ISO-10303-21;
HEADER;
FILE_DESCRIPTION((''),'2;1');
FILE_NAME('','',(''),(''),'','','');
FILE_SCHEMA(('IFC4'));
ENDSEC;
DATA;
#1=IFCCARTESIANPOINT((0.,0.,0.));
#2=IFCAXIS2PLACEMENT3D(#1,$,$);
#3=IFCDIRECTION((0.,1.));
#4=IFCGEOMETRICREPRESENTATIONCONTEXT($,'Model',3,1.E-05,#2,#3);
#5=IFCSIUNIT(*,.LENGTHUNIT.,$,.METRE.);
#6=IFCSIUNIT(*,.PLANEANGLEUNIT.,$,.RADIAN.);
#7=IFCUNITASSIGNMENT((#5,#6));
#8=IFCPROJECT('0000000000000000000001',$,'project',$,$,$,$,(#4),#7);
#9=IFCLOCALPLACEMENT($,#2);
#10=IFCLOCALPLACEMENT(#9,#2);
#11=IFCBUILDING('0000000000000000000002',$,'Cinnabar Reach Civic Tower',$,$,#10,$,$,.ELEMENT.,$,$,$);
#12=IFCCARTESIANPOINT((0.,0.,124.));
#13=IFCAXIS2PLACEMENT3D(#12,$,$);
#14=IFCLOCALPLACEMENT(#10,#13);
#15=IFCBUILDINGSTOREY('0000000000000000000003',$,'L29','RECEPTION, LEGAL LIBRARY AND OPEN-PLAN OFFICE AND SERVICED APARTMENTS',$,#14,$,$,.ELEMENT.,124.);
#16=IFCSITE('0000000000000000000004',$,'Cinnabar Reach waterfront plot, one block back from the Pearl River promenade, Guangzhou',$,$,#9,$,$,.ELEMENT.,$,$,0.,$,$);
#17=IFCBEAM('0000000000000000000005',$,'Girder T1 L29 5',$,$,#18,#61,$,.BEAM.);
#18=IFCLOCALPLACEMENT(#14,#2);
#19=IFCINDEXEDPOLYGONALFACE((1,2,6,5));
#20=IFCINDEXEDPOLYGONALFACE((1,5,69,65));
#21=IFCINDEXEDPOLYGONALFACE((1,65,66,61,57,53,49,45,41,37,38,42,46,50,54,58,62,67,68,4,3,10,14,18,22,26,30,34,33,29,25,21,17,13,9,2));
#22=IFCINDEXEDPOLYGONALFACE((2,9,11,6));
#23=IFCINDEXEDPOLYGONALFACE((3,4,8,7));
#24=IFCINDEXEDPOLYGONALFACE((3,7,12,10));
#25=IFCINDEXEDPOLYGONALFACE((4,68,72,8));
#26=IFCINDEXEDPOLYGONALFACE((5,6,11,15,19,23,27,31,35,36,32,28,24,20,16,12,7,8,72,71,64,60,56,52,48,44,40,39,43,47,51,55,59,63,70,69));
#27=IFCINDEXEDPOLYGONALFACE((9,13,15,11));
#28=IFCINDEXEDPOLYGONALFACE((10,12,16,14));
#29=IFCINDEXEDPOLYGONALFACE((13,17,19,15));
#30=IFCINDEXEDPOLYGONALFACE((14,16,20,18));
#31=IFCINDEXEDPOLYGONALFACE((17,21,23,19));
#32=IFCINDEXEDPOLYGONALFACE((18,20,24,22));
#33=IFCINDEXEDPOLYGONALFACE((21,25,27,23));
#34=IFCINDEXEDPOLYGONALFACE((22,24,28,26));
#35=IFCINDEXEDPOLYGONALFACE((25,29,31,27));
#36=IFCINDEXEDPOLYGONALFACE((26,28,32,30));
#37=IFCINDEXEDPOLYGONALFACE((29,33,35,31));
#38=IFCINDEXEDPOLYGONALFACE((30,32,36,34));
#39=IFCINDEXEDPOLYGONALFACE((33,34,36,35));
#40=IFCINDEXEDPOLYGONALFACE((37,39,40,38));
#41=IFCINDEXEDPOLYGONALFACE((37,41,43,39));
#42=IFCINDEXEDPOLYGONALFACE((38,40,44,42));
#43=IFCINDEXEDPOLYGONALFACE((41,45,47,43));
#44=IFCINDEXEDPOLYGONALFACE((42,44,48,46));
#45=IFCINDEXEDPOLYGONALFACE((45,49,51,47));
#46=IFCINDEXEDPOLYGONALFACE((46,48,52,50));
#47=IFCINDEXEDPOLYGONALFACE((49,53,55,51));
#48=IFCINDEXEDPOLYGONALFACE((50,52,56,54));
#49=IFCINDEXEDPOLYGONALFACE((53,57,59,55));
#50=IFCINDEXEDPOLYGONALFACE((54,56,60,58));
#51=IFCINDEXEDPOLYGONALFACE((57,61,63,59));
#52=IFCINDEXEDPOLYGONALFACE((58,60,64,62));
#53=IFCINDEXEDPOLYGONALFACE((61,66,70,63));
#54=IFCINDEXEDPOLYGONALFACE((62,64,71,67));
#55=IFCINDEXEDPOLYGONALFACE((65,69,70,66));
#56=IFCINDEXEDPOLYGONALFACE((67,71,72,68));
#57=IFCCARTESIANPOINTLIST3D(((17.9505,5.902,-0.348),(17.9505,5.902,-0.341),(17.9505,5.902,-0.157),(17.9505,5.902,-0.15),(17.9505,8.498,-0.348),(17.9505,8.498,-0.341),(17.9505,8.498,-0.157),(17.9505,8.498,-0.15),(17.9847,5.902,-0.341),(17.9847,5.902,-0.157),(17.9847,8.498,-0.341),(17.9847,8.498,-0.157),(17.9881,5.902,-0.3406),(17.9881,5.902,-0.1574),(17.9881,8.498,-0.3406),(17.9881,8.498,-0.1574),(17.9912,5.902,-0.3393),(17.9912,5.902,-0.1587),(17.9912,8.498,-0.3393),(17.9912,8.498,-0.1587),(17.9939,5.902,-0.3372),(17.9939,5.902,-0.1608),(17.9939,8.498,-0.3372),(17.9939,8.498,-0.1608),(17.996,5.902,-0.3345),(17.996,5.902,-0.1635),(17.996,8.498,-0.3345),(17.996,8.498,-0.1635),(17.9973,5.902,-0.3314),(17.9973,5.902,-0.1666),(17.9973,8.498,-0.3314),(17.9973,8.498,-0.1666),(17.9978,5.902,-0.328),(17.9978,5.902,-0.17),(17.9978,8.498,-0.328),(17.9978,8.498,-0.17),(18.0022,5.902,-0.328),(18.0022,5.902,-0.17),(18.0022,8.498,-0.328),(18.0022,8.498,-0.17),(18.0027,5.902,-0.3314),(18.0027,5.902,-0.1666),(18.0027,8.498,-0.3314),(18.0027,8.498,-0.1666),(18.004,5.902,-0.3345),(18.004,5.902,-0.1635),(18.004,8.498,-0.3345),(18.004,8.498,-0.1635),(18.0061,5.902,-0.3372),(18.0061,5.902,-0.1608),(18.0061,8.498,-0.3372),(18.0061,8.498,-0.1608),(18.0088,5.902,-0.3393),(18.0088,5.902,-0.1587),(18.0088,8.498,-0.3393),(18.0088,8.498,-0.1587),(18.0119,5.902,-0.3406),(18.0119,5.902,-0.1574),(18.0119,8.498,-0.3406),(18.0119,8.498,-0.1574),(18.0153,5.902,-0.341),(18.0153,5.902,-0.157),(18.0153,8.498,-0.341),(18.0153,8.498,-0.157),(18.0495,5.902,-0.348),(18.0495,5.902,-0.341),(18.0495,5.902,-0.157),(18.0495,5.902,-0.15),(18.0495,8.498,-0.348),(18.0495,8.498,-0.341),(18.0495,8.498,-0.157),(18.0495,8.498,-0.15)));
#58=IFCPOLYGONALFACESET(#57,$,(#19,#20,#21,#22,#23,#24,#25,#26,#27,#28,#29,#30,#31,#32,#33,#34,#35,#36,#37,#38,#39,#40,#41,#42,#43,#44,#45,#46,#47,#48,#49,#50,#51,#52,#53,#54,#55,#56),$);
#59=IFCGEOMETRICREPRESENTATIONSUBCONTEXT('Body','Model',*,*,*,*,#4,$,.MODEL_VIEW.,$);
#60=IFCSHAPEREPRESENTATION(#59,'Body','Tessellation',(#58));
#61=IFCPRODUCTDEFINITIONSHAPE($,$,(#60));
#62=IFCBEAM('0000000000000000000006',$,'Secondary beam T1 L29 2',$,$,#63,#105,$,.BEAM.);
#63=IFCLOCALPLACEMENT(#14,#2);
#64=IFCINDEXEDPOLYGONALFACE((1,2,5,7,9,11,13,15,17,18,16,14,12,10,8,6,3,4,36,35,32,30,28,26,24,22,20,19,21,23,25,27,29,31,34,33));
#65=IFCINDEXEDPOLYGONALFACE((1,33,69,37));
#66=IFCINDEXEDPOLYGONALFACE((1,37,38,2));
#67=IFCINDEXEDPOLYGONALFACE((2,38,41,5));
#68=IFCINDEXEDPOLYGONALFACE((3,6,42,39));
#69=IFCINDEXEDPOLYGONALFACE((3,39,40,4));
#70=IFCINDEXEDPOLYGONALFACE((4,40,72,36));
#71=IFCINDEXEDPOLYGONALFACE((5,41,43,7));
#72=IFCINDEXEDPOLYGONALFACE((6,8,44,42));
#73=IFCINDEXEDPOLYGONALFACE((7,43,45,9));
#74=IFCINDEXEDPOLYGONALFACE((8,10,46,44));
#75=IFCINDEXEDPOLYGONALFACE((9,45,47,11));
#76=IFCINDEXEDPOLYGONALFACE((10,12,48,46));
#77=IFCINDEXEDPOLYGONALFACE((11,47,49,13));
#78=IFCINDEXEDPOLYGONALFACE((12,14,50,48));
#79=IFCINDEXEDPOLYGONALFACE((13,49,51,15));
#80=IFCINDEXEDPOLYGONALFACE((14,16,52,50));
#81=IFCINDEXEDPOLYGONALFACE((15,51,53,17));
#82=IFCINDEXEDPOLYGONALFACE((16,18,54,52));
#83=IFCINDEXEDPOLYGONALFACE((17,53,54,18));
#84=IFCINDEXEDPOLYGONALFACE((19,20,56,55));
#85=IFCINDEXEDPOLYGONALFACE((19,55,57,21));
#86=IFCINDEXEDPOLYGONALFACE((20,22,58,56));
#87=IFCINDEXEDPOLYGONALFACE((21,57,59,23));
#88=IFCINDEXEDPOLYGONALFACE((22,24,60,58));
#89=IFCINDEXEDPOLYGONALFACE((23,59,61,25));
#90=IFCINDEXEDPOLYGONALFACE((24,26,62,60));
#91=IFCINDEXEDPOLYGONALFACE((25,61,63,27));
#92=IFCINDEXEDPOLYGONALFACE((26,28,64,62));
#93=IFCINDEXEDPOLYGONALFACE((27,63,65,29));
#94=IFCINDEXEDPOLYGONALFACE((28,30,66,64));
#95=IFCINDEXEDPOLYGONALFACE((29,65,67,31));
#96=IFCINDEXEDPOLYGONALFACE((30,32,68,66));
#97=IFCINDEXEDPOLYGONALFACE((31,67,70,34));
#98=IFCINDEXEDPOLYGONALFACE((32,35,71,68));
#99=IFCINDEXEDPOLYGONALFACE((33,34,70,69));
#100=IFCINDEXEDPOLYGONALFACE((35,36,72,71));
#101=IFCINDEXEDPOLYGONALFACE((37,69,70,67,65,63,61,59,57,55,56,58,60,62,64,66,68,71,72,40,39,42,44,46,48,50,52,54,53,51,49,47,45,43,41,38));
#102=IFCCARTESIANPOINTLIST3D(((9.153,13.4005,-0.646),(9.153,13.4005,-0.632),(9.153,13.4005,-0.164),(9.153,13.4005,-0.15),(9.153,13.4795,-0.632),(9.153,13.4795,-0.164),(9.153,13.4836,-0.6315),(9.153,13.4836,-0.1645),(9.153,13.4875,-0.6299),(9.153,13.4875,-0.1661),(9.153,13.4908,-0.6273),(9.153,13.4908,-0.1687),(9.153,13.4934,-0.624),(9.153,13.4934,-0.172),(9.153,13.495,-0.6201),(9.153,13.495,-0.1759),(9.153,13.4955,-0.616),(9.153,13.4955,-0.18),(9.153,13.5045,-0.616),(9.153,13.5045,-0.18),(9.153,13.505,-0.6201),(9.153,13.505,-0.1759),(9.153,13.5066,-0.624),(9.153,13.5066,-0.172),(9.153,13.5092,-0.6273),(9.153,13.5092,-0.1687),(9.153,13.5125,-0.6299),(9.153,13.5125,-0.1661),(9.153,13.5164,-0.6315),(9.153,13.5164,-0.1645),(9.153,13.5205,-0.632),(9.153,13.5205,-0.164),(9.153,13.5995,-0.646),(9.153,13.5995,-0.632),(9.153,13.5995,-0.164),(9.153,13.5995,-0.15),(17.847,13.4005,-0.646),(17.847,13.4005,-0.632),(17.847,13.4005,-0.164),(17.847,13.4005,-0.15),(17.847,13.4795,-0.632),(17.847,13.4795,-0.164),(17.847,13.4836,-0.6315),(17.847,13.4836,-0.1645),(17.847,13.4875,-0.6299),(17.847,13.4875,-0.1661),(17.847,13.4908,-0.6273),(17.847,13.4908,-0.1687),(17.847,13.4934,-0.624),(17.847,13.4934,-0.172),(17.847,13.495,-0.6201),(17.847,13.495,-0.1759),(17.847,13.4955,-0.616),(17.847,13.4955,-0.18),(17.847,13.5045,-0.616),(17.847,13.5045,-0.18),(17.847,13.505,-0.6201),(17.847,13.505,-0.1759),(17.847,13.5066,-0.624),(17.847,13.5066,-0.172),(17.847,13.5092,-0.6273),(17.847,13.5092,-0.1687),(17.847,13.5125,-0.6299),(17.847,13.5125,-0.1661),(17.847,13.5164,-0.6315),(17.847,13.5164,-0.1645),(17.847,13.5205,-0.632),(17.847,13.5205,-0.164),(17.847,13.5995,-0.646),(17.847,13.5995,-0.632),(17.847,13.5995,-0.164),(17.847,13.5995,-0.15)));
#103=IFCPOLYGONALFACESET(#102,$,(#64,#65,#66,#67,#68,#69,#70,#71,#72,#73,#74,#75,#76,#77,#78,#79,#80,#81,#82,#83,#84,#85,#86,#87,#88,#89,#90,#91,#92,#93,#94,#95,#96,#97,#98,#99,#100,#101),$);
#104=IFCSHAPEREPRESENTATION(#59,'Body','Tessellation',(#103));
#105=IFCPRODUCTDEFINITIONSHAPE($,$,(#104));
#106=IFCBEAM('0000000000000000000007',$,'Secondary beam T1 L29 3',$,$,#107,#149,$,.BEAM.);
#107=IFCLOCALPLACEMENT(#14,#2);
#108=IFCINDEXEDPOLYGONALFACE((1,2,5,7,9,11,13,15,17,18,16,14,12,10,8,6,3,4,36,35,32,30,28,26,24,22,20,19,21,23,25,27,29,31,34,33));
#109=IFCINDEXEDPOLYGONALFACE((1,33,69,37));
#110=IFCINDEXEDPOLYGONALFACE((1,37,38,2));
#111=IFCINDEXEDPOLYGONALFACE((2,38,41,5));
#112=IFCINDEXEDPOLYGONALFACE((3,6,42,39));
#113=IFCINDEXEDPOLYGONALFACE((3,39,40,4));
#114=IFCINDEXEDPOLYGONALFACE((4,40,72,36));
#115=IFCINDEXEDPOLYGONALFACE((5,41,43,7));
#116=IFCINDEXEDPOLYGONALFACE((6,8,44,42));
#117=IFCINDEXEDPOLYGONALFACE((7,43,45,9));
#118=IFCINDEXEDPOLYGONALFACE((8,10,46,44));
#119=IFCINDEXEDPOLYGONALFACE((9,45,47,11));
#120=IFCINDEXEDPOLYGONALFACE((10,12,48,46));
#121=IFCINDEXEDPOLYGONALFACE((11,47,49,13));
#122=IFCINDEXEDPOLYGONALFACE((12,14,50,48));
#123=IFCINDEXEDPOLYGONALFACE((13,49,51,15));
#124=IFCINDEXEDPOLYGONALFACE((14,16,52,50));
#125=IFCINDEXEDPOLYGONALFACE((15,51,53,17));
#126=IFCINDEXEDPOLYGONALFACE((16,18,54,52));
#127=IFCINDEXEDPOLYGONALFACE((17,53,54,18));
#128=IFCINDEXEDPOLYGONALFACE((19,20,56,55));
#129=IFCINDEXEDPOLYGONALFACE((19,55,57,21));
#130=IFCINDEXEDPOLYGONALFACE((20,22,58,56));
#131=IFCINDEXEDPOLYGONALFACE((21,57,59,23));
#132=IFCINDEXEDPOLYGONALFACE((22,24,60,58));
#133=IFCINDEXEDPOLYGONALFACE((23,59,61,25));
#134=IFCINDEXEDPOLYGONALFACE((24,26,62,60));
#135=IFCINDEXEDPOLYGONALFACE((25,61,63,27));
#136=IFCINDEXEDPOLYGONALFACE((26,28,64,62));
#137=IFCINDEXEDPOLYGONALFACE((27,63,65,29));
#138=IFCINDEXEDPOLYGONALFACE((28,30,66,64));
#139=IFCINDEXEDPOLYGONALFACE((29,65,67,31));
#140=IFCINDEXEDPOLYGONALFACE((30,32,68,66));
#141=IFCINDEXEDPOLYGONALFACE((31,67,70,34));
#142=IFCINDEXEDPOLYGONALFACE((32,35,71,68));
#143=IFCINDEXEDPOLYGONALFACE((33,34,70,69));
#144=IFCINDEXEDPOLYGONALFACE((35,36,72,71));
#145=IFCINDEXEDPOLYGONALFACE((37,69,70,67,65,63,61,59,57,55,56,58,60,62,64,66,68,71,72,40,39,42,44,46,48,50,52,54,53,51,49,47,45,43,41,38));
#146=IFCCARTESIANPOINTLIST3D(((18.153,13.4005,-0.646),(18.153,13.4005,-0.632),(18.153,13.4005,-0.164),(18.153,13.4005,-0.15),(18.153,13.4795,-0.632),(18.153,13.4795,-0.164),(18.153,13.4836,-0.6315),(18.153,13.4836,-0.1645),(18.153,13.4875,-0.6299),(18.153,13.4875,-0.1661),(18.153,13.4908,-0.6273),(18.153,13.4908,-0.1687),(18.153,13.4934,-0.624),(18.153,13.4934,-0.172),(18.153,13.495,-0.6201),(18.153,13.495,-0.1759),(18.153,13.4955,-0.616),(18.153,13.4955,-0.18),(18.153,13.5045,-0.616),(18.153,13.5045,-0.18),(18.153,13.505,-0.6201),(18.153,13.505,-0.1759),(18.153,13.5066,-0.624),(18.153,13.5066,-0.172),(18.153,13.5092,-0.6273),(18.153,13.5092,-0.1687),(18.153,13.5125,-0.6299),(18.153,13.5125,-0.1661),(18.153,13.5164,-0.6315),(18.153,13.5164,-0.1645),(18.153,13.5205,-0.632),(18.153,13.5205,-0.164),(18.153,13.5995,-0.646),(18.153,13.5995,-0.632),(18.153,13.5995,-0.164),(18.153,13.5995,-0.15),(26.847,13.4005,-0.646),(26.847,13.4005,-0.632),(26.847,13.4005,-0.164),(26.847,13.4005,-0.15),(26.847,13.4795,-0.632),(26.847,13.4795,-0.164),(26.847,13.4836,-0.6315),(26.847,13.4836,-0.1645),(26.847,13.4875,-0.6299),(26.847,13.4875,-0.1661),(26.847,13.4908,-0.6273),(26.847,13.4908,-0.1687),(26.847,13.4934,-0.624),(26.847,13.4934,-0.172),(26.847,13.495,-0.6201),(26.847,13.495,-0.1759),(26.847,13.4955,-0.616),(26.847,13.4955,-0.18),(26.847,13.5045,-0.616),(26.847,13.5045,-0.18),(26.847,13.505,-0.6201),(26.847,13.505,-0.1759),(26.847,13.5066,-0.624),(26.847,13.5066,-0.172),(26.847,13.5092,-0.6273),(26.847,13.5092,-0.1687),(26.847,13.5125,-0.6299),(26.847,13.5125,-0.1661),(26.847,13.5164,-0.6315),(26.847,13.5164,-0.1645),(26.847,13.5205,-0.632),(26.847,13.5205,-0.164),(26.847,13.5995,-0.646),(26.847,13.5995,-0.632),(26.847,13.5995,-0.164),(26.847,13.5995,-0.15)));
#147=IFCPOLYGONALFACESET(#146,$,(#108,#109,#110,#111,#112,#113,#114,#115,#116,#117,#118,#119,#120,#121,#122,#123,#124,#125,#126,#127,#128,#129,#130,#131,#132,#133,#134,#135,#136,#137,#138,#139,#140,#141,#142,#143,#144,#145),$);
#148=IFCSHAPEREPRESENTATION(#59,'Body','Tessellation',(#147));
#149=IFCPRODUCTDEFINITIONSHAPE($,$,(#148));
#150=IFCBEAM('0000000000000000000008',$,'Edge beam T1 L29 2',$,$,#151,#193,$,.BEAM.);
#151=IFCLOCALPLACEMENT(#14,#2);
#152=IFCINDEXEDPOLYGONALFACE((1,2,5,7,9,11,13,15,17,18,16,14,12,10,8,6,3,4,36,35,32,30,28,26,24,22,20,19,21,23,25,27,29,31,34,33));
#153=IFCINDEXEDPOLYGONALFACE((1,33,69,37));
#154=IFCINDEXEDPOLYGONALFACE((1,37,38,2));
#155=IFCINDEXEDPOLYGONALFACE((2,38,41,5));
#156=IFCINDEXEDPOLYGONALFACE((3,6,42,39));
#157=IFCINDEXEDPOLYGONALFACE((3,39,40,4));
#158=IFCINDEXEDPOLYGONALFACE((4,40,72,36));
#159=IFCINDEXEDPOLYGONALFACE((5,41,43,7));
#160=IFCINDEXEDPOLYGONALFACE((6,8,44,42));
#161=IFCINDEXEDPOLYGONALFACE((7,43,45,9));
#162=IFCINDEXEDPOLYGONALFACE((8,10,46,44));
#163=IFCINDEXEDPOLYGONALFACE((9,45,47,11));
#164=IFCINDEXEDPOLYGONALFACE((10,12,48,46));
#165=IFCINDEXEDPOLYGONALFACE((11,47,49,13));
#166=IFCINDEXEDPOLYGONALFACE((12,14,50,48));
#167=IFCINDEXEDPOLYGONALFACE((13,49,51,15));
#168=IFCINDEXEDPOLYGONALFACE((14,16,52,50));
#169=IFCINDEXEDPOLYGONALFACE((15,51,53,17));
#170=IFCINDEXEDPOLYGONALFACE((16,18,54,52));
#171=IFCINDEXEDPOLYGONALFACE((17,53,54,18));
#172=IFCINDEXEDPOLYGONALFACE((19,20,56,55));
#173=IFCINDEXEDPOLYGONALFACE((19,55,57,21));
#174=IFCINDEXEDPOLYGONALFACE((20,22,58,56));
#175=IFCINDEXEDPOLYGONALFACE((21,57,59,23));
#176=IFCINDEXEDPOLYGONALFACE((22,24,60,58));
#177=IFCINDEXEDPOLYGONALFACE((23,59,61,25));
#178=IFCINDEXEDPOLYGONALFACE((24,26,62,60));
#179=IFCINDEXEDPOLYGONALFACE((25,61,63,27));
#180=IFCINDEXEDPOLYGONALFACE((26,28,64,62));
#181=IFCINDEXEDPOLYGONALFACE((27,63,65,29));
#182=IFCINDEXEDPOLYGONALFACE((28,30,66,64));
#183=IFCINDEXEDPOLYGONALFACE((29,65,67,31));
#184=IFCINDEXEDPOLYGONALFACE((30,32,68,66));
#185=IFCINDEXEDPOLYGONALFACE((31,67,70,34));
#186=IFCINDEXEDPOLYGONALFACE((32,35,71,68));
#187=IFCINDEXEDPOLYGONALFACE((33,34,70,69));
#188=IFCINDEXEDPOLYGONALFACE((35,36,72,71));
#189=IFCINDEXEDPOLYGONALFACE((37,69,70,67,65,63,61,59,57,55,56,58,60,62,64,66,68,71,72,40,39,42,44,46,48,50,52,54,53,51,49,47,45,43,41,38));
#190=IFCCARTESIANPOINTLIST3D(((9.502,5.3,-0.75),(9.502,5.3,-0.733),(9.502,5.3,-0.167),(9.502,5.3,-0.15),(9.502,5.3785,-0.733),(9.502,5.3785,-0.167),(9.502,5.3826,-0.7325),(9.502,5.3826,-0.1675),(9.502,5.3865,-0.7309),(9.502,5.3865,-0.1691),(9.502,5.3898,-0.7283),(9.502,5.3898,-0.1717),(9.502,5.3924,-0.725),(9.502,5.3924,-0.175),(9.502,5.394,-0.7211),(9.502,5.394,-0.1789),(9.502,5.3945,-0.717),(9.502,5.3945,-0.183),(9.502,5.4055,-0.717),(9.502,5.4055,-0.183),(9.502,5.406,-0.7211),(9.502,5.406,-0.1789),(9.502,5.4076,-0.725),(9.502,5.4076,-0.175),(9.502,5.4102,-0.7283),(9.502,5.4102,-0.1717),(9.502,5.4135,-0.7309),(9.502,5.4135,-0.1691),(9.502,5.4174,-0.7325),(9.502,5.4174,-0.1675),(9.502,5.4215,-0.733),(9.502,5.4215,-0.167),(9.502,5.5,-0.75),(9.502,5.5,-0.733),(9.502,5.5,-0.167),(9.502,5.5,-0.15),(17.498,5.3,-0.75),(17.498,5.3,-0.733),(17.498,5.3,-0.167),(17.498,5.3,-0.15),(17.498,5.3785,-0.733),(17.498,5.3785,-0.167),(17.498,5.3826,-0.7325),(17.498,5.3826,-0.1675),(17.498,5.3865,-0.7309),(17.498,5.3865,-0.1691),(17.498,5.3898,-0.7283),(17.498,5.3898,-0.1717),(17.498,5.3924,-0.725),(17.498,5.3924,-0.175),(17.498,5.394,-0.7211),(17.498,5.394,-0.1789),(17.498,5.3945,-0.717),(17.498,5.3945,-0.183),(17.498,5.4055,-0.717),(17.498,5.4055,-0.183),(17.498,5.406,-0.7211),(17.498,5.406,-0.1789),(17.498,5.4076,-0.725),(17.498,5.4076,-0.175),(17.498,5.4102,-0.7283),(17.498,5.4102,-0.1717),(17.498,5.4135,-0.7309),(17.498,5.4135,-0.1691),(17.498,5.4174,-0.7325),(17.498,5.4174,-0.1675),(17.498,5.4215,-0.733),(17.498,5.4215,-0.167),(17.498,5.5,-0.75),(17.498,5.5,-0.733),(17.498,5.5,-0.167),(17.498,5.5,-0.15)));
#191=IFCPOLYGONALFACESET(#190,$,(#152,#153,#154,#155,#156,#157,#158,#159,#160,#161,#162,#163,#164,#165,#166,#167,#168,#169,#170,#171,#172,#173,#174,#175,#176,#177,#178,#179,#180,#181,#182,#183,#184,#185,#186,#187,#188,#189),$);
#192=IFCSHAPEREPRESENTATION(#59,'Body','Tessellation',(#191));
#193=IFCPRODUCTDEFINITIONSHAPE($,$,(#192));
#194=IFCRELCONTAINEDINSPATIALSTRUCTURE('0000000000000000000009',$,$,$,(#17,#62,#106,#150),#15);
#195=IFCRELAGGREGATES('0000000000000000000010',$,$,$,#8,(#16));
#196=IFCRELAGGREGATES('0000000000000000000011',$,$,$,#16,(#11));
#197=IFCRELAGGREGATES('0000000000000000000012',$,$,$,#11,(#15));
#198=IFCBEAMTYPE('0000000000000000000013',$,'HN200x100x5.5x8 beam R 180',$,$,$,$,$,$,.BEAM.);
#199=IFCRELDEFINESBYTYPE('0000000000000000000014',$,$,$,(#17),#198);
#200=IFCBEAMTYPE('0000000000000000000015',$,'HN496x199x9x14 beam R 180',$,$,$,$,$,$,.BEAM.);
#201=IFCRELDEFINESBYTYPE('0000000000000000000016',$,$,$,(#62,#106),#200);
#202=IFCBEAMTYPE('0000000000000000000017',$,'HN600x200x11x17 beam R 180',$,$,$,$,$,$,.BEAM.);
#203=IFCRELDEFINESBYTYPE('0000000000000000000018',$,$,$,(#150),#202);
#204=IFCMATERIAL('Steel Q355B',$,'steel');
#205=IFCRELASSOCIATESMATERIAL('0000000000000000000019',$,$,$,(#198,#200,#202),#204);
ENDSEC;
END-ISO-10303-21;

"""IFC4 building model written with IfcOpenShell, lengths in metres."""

from ifc_helpers import new_model, si_unit, direction, frame, origin, origin_2d, place, context, subcontext, project, spatial, i_section, extrude, material, material_profile, profile_set, type_object, element, save


model = new_model("IFC4")

# Units and contexts
model_context = context("Model", 3, precision=1e-05, world=origin(), true_north=direction((0.0, 1.0)))
body_context = subcontext(model_context, "Body", "Model", "MODEL_VIEW")
ifc_project = project(units=[si_unit("LENGTHUNIT", "METRE"), si_unit("PLANEANGLEUNIT", "RADIAN")], contexts=[model_context])

# Site, building, storey
site_placement = place(None, origin())
site = spatial("IfcSite", under=ifc_project, at=site_placement, Name="Cinnabar Reach waterfront plot, one block back from the Pearl River promenade, Guangzhou", CompositionType="ELEMENT", RefElevation=0.0)
building_placement = place(site_placement, origin())
building = spatial("IfcBuilding", under=site, at=building_placement, Name="Cinnabar Reach Civic Tower", CompositionType="ELEMENT")
storey_placement = place(building_placement, frame((0.0, 0.0, 124.0)))
storey = spatial("IfcBuildingStorey", under=building, at=storey_placement, Name="L29", Description="RECEPTION, LEGAL LIBRARY AND OPEN-PLAN OFFICE AND SERVICED APARTMENTS", CompositionType="ELEMENT", Elevation=124.0)

# Beams
ifc_material_1 = material(Name="Steel Q355B", Category="steel")
ifc_material_profile_1 = material_profile(ifc_material_1, i_section(OverallWidth=0.099, OverallDepth=0.198, WebThickness=0.0045, FlangeThickness=0.007, FilletRadius=0.013, at=origin_2d()), Name="HN200x100x5.5x8")
ifc_profile_set_1 = profile_set([ifc_material_profile_1], Name="Steel Q355B")
beam_type_1 = type_object("IfcBeamType", Name="HN200x100x5.5x8 beam R 180", PredefinedType="BEAM", material=ifc_profile_set_1)
for number, where, z_axis, x_axis, name in (
    (1, (18.0, 5.902, -0.249), (0.0, 1.0, 0.0), (-1.0, 0.0, 0.0), "Girder T1 L29 5"),
):
    element("IfcBeam", number, at=place(storey_placement, frame(where, z_axis=z_axis, x_axis=x_axis)), inside=storey, type_object=beam_type_1, Name=name, PredefinedType="BEAM", context=body_context, shape_type="SweptSolid", body=[
        extrude(i_section(OverallWidth=0.099, OverallDepth=0.198, WebThickness=0.0045, FlangeThickness=0.007, FilletRadius=0.013, at=origin_2d()), origin(), (0.0, 0.0, 1.0), 2.596),
    ])
ifc_material_profile_2 = material_profile(ifc_material_1, i_section(OverallWidth=0.199, OverallDepth=0.496, WebThickness=0.009, FlangeThickness=0.014, FilletRadius=0.016, at=origin_2d()), Name="HN496x199x9x14")
ifc_profile_set_2 = profile_set([ifc_material_profile_2], Name="Steel Q355B")
beam_type_2 = type_object("IfcBeamType", Name="HN496x199x9x14 beam R 180", PredefinedType="BEAM", material=ifc_profile_set_2)
for number, where, z_axis, x_axis, name in (
    (2, (9.153, 13.5, -0.398), (1.0, 0.0, 0.0), (0.0, 1.0, 0.0), "Secondary beam T1 L29 2"),
    (3, (18.153, 13.5, -0.398), (1.0, 0.0, 0.0), (0.0, 1.0, 0.0), "Secondary beam T1 L29 3"),
):
    element("IfcBeam", number, at=place(storey_placement, frame(where, z_axis=z_axis, x_axis=x_axis)), inside=storey, type_object=beam_type_2, Name=name, PredefinedType="BEAM", context=body_context, shape_type="SweptSolid", body=[
        extrude(i_section(OverallWidth=0.199, OverallDepth=0.496, WebThickness=0.009, FlangeThickness=0.014, FilletRadius=0.016, at=origin_2d()), origin(), (0.0, 0.0, 1.0), 8.694),
    ])
ifc_material_profile_3 = material_profile(ifc_material_1, i_section(OverallWidth=0.2, OverallDepth=0.6, WebThickness=0.011, FlangeThickness=0.017, FilletRadius=0.016, at=origin_2d()), Name="HN600x200x11x17")
ifc_profile_set_3 = profile_set([ifc_material_profile_3], Name="Steel Q355B")
beam_type_3 = type_object("IfcBeamType", Name="HN600x200x11x17 beam R 180", PredefinedType="BEAM", material=ifc_profile_set_3)
for number, where, z_axis, x_axis, name in (
    (4, (9.502, 5.4, -0.45), (1.0, 0.0, 0.0), (0.0, 1.0, 0.0), "Edge beam T1 L29 2"),
):
    element("IfcBeam", number, at=place(storey_placement, frame(where, z_axis=z_axis, x_axis=x_axis)), inside=storey, type_object=beam_type_3, Name=name, PredefinedType="BEAM", context=body_context, shape_type="SweptSolid", body=[
        extrude(i_section(OverallWidth=0.2, OverallDepth=0.6, WebThickness=0.011, FlangeThickness=0.017, FilletRadius=0.016, at=origin_2d()), origin(), (0.0, 0.0, 1.0), 7.996),
    ])

save(model, "model.ifc")
